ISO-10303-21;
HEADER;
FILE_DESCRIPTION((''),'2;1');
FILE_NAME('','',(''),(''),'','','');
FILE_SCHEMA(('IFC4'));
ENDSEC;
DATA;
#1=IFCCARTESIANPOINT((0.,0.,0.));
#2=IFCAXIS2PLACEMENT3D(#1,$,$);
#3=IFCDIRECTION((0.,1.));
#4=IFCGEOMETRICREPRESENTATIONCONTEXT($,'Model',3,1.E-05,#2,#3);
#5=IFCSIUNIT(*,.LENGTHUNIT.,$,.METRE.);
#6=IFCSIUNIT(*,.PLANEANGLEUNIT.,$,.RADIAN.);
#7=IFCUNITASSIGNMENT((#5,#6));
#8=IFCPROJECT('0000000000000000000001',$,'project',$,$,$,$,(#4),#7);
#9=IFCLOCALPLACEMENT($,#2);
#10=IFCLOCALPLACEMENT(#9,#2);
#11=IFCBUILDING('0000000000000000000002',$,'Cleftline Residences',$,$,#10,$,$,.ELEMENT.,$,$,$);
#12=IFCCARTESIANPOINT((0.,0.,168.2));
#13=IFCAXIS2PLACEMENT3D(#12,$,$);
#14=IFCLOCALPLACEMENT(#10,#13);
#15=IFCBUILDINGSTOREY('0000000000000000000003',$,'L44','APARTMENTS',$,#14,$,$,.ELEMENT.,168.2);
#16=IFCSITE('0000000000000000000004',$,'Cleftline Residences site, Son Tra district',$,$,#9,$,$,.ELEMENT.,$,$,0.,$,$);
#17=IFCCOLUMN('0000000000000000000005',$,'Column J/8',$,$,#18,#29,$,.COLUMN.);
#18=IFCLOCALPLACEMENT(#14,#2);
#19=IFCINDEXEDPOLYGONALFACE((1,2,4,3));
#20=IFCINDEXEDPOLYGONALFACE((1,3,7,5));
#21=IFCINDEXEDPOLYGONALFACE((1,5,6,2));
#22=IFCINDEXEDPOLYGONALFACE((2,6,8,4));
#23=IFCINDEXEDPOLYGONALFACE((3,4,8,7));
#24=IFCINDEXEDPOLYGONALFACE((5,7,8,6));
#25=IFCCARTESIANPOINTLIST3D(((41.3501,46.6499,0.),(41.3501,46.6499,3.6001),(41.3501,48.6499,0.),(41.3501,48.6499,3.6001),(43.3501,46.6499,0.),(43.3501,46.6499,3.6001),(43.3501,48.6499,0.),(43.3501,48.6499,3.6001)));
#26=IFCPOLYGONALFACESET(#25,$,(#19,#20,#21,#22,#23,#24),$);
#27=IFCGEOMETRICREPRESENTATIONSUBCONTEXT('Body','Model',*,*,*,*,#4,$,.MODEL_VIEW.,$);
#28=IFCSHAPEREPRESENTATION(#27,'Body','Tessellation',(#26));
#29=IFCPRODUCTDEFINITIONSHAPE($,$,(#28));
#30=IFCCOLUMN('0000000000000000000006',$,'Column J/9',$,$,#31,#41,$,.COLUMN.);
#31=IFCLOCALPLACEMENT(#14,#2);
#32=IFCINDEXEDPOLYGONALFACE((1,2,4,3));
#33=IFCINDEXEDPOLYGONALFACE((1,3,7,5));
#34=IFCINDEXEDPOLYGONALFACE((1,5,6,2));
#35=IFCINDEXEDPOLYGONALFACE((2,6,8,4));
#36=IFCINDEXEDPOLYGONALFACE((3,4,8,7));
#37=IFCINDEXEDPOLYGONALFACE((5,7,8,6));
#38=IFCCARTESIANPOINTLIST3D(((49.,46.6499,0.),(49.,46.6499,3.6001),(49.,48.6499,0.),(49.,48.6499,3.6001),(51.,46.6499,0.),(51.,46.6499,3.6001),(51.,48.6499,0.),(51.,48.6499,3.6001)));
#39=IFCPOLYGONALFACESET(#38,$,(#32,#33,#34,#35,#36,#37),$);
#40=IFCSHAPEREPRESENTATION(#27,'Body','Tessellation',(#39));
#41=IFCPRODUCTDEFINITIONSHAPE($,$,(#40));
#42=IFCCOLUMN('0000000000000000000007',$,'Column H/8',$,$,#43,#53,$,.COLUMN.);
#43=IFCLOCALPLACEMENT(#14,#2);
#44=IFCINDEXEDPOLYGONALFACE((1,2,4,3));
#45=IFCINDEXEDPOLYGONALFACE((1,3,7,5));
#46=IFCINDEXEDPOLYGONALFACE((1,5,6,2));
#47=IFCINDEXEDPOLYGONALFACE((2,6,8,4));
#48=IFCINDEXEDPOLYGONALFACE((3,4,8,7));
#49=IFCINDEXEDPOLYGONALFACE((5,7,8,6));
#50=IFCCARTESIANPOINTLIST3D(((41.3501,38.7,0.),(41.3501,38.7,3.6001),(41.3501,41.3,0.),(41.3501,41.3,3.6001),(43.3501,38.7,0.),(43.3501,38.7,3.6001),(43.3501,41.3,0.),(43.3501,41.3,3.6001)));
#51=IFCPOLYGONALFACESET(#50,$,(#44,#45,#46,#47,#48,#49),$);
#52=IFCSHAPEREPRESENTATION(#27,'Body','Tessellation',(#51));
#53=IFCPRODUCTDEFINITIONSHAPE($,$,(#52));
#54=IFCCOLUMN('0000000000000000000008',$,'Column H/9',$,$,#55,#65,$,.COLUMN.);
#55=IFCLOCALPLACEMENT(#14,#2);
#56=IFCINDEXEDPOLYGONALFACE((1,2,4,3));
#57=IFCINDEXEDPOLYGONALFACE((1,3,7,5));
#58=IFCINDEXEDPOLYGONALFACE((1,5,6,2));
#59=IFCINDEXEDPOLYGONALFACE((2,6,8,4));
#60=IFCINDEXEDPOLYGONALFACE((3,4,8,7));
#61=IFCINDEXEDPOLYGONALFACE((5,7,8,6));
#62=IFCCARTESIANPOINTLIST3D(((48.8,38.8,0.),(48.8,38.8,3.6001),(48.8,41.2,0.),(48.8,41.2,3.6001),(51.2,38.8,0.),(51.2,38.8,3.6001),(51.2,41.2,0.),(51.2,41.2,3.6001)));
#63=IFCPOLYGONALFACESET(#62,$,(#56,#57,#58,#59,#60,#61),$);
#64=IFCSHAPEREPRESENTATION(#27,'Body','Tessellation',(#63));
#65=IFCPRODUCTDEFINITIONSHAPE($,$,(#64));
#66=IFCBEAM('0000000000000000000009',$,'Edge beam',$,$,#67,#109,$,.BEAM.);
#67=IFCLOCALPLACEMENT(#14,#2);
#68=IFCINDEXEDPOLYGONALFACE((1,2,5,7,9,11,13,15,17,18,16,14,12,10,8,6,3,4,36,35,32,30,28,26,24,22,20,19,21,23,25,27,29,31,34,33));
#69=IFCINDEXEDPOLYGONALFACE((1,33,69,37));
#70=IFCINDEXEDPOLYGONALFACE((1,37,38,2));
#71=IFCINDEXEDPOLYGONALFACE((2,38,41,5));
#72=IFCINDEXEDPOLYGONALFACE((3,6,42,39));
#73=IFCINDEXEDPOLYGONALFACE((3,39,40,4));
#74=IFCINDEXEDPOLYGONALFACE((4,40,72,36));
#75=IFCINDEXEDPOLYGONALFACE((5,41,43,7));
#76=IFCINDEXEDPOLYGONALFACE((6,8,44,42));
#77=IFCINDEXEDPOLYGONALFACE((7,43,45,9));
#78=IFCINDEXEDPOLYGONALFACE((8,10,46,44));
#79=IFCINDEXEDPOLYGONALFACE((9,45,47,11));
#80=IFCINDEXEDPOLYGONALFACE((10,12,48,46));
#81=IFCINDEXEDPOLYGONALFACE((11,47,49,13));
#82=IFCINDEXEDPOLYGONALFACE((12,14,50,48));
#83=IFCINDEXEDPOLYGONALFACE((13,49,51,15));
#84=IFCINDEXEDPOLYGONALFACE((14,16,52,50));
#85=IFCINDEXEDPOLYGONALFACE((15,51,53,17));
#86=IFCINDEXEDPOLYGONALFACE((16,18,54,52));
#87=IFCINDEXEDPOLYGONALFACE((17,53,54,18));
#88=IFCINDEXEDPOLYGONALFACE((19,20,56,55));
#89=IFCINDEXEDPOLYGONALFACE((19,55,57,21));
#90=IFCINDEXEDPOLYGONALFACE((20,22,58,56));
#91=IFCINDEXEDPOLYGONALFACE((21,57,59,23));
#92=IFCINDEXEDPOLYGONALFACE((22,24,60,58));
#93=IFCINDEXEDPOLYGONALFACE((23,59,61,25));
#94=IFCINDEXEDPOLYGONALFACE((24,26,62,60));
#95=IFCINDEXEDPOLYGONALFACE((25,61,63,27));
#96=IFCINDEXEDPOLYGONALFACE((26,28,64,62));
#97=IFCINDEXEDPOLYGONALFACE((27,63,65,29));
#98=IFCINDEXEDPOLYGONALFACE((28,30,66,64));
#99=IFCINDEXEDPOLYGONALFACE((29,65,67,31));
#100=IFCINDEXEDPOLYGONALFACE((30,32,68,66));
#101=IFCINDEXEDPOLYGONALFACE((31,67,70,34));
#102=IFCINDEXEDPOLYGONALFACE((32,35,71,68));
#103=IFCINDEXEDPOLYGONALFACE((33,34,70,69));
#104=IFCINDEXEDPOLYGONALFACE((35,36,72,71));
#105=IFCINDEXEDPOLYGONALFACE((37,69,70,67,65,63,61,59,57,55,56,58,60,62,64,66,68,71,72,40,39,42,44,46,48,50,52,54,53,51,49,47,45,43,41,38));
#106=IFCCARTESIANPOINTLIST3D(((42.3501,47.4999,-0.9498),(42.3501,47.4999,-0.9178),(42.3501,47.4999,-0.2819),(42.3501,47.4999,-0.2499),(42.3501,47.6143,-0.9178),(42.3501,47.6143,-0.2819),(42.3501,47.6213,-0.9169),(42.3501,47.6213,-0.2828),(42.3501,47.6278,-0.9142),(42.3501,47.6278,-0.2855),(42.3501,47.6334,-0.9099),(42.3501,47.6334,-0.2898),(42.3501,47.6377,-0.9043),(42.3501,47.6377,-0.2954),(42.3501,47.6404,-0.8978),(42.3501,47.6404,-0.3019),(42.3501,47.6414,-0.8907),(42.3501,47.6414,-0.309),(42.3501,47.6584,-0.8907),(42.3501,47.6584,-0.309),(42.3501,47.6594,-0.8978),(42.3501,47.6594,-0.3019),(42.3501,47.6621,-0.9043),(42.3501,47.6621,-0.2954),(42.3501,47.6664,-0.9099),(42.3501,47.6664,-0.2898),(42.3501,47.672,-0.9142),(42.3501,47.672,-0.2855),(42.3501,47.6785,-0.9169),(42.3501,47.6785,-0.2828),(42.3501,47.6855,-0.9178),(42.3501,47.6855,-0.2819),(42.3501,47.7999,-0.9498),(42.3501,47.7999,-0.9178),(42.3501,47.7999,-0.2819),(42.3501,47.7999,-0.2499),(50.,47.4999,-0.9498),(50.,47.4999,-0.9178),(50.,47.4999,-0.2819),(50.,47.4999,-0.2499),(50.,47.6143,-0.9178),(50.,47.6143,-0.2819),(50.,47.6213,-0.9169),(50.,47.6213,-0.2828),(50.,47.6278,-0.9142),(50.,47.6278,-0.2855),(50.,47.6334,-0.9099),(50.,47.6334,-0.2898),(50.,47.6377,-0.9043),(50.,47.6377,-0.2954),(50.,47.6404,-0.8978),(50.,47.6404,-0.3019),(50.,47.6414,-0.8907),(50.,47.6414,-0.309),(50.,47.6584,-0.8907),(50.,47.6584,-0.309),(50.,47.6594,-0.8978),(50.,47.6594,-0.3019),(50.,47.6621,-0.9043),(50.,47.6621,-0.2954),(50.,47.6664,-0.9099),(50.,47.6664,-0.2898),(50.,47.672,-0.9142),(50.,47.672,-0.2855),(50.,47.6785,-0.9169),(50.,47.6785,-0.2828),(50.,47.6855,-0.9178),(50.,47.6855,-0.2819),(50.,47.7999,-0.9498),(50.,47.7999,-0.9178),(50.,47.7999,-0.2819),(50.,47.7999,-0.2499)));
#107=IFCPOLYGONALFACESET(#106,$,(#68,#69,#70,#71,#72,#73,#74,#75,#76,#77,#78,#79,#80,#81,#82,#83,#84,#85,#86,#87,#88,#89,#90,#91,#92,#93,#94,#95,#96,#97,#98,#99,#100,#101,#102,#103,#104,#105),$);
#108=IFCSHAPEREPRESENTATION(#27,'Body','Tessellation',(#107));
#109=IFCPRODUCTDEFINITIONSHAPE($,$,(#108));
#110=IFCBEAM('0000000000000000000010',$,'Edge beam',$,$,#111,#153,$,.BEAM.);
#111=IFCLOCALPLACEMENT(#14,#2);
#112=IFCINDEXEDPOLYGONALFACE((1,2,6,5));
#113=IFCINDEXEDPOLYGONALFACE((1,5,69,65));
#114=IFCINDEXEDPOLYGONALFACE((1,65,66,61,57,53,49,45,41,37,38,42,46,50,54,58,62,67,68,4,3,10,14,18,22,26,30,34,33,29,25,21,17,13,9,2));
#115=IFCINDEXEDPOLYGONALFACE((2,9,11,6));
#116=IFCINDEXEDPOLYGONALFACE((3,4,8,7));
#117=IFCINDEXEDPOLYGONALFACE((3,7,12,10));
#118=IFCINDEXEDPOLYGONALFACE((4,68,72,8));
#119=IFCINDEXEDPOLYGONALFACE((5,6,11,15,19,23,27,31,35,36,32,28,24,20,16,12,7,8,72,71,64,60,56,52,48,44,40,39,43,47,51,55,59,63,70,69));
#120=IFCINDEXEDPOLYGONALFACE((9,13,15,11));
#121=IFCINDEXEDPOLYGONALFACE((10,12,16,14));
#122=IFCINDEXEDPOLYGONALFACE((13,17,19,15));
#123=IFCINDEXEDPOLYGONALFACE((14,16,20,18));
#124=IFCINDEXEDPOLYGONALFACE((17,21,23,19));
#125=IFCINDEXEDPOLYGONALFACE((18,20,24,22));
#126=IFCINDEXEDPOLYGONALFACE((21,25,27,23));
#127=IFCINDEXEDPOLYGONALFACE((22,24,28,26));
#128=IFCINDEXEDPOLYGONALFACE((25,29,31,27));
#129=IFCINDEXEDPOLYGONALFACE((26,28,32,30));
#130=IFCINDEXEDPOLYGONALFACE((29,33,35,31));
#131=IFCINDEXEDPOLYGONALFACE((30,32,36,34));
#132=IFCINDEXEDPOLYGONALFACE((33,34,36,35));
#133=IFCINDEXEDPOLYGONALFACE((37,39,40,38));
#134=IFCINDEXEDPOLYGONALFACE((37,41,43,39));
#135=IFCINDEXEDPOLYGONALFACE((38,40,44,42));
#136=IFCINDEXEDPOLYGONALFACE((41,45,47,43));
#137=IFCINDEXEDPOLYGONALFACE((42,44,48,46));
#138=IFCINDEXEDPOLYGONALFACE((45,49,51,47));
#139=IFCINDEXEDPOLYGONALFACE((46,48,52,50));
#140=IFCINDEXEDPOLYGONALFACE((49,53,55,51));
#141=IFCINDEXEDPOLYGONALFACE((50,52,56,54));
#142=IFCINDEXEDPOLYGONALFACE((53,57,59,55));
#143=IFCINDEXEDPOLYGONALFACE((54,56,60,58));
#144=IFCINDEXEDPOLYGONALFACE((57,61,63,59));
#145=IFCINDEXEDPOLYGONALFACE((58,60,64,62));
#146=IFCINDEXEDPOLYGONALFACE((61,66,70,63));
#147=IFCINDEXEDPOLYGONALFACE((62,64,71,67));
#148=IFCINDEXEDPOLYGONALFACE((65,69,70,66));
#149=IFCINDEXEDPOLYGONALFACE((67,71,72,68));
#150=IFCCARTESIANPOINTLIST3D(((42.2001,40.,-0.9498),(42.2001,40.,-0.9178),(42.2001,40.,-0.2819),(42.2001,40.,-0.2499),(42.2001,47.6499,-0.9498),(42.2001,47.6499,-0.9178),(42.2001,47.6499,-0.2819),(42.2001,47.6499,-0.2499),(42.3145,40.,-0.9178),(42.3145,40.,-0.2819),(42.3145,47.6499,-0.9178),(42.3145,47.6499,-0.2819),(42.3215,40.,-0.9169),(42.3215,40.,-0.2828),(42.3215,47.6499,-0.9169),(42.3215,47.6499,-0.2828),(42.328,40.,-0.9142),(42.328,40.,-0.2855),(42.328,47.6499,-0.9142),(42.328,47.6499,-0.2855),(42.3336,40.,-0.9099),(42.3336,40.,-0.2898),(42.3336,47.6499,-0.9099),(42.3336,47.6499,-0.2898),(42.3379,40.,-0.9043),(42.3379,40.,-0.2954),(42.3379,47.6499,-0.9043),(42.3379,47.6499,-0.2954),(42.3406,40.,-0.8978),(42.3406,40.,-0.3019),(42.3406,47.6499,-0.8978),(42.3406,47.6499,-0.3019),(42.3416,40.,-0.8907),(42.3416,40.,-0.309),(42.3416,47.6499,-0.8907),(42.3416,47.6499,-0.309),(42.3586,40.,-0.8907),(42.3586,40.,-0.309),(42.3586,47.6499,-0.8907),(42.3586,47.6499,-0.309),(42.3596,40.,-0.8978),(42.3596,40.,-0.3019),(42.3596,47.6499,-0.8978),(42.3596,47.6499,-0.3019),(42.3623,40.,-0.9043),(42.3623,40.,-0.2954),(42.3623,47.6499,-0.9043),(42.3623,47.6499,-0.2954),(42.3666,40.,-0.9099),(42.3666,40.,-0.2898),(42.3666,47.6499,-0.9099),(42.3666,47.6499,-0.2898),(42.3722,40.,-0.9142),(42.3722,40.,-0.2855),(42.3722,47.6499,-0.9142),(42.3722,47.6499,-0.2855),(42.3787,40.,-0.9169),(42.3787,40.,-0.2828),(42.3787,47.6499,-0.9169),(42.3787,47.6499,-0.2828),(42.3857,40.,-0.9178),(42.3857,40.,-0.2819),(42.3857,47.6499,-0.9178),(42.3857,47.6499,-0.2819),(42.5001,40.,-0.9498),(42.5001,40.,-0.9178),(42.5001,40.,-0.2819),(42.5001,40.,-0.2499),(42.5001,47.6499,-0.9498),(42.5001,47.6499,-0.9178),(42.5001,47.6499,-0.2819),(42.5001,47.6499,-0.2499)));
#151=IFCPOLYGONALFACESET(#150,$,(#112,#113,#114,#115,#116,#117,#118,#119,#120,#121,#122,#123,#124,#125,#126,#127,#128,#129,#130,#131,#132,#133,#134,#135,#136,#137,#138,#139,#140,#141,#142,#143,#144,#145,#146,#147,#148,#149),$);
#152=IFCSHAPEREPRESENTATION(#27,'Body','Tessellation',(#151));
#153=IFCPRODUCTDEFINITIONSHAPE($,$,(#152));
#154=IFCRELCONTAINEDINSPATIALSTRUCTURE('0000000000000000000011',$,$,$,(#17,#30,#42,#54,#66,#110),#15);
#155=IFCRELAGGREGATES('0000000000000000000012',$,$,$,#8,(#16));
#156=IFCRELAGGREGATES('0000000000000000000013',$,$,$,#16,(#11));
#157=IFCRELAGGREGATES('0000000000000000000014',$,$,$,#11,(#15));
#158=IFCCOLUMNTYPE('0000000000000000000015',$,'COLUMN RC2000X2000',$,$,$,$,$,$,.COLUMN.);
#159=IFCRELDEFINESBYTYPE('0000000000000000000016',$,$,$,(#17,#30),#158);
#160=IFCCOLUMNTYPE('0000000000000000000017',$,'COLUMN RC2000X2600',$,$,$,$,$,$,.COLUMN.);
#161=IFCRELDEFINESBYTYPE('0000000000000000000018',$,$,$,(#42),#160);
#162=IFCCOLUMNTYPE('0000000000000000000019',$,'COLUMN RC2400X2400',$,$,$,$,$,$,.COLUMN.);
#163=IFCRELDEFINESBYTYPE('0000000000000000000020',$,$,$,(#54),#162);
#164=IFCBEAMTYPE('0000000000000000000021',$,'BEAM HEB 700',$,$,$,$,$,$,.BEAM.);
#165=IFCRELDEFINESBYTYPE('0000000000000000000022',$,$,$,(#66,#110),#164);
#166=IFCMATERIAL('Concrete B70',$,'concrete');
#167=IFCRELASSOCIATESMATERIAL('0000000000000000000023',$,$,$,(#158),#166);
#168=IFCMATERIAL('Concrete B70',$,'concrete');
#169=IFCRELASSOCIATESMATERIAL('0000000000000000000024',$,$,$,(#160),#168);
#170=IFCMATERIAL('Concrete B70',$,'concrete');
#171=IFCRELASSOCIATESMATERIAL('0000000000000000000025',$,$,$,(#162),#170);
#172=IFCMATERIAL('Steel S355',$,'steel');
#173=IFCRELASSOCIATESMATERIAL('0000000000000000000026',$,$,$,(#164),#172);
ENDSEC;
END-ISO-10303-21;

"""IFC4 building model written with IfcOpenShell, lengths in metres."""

from ifc_helpers import new_model, si_unit, direction, frame, origin, origin_2d, place, context, subcontext, project, spatial, rectangle, i_section, extrude, material, material_profile, profile_set, type_object, element, save


model = new_model("IFC4")

# Units and contexts
model_context = context("Model", 3, precision=1e-05, world=origin(), true_north=direction((0.0, 1.0)))
body_context = subcontext(model_context, "Body", "Model", "MODEL_VIEW")
ifc_project = project(units=[si_unit("LENGTHUNIT", "METRE"), si_unit("PLANEANGLEUNIT", "RADIAN")], contexts=[model_context])

# Site, building, storey
site_placement = place(None, origin())
site = spatial("IfcSite", under=ifc_project, at=site_placement, Name="Cleftline Residences site, Son Tra district", CompositionType="ELEMENT", RefElevation=0.0)
building_placement = place(site_placement, origin())
building = spatial("IfcBuilding", under=site, at=building_placement, Name="Cleftline Residences", CompositionType="ELEMENT")
storey_placement = place(building_placement, frame((0.0, 0.0, 168.2)))
storey = spatial("IfcBuildingStorey", under=building, at=storey_placement, Name="L44", Description="APARTMENTS", CompositionType="ELEMENT", Elevation=168.2)

# Columns
ifc_material_1 = material(Name="Concrete B70", Category="concrete")
ifc_material_profile_1 = material_profile(ifc_material_1, rectangle(XDim=2.0, YDim=2.0, at=origin_2d()))
ifc_profile_set_1 = profile_set([ifc_material_profile_1], Name="Concrete B70")
column_type_1 = type_object("IfcColumnType", Name="COLUMN RC2000X2000", PredefinedType="COLUMN", material=ifc_profile_set_1)
for number, where, z_axis, x_axis, name in (
    (1, (42.3501, 47.6499, 0.0), (0.0, 0.0, 1.0), (1.0, 0.0, 0.0), "Column J/8"),
    (2, (50.0, 47.6499, 0.0), (0.0, 0.0, 1.0), (1.0, 0.0, 0.0), "Column J/9"),
):
    element("IfcColumn", number, at=place(storey_placement, frame(where, z_axis=z_axis, x_axis=x_axis)), inside=storey, type_object=column_type_1, Name=name, PredefinedType="COLUMN", context=body_context, shape_type="SweptSolid", body=[
        extrude(rectangle(XDim=2.0, YDim=2.0, at=origin_2d()), origin(), (0.0, 0.0, 1.0), 3.6001),
    ])
ifc_material_2 = material(Name="Concrete B70", Category="concrete")
ifc_material_profile_2 = material_profile(ifc_material_2, rectangle(XDim=2.0, YDim=2.6001, at=origin_2d()))
ifc_profile_set_2 = profile_set([ifc_material_profile_2], Name="Concrete B70")
column_type_2 = type_object("IfcColumnType", Name="COLUMN RC2000X2600", PredefinedType="COLUMN", material=ifc_profile_set_2)
column_1_placement = place(storey_placement, frame((42.3501, 40.0, 0.0), z_axis=(0.0, 0.0, 1.0), x_axis=(1.0, 0.0, 0.0)))
element("IfcColumn", 3, at=column_1_placement, inside=storey, type_object=column_type_2, Name="Column H/8", PredefinedType="COLUMN", context=body_context, shape_type="SweptSolid", body=[
    extrude(rectangle(XDim=2.0, YDim=2.6001, at=origin_2d()), origin(), (0.0, 0.0, 1.0), 3.6001),
])
ifc_material_3 = material(Name="Concrete B70", Category="concrete")
ifc_material_profile_3 = material_profile(ifc_material_3, rectangle(XDim=2.3999, YDim=2.3999, at=origin_2d()))
ifc_profile_set_3 = profile_set([ifc_material_profile_3], Name="Concrete B70")
column_type_3 = type_object("IfcColumnType", Name="COLUMN RC2400X2400", PredefinedType="COLUMN", material=ifc_profile_set_3)
column_2_placement = place(storey_placement, frame((50.0, 40.0, 0.0), z_axis=(0.0, 0.0, 1.0), x_axis=(1.0, 0.0, 0.0)))
element("IfcColumn", 4, at=column_2_placement, inside=storey, type_object=column_type_3, Name="Column H/9", PredefinedType="COLUMN", context=body_context, shape_type="SweptSolid", body=[
    extrude(rectangle(XDim=2.3999, YDim=2.3999, at=origin_2d()), origin(), (0.0, 0.0, 1.0), 3.6001),
])

# Beams
ifc_material_4 = material(Name="Steel S355", Category="steel")
ifc_material_profile_4 = material_profile(ifc_material_4, i_section(OverallWidth=0.3, OverallDepth=0.7, WebThickness=0.0171, FlangeThickness=0.032, FilletRadius=0.0271, at=origin_2d()))
ifc_profile_set_4 = profile_set([ifc_material_profile_4], Name="Steel S355")
beam_type = type_object("IfcBeamType", Name="BEAM HEB 700", PredefinedType="BEAM", material=ifc_profile_set_4)
for number, where, z_axis, x_axis, name in (
    (5, (50.0, 47.6499, -0.5999), (-1.0, 0.0, 0.0), (0.0, -1.0, 0.0), "Edge beam"),
    (6, (42.3501, 47.6499, -0.5999), (0.0, -1.0, 0.0), (1.0, 0.0, 0.0), "Edge beam"),
):
    element("IfcBeam", number, at=place(storey_placement, frame(where, z_axis=z_axis, x_axis=x_axis)), inside=storey, type_object=beam_type, Name=name, PredefinedType="BEAM", context=body_context, shape_type="SweptSolid", body=[
        extrude(i_section(OverallWidth=0.3, OverallDepth=0.7, WebThickness=0.0171, FlangeThickness=0.032, FilletRadius=0.0271, at=origin_2d()), origin(), (0.0, 0.0, 1.0), 7.6499),
    ])

save(model, "model.ifc")
